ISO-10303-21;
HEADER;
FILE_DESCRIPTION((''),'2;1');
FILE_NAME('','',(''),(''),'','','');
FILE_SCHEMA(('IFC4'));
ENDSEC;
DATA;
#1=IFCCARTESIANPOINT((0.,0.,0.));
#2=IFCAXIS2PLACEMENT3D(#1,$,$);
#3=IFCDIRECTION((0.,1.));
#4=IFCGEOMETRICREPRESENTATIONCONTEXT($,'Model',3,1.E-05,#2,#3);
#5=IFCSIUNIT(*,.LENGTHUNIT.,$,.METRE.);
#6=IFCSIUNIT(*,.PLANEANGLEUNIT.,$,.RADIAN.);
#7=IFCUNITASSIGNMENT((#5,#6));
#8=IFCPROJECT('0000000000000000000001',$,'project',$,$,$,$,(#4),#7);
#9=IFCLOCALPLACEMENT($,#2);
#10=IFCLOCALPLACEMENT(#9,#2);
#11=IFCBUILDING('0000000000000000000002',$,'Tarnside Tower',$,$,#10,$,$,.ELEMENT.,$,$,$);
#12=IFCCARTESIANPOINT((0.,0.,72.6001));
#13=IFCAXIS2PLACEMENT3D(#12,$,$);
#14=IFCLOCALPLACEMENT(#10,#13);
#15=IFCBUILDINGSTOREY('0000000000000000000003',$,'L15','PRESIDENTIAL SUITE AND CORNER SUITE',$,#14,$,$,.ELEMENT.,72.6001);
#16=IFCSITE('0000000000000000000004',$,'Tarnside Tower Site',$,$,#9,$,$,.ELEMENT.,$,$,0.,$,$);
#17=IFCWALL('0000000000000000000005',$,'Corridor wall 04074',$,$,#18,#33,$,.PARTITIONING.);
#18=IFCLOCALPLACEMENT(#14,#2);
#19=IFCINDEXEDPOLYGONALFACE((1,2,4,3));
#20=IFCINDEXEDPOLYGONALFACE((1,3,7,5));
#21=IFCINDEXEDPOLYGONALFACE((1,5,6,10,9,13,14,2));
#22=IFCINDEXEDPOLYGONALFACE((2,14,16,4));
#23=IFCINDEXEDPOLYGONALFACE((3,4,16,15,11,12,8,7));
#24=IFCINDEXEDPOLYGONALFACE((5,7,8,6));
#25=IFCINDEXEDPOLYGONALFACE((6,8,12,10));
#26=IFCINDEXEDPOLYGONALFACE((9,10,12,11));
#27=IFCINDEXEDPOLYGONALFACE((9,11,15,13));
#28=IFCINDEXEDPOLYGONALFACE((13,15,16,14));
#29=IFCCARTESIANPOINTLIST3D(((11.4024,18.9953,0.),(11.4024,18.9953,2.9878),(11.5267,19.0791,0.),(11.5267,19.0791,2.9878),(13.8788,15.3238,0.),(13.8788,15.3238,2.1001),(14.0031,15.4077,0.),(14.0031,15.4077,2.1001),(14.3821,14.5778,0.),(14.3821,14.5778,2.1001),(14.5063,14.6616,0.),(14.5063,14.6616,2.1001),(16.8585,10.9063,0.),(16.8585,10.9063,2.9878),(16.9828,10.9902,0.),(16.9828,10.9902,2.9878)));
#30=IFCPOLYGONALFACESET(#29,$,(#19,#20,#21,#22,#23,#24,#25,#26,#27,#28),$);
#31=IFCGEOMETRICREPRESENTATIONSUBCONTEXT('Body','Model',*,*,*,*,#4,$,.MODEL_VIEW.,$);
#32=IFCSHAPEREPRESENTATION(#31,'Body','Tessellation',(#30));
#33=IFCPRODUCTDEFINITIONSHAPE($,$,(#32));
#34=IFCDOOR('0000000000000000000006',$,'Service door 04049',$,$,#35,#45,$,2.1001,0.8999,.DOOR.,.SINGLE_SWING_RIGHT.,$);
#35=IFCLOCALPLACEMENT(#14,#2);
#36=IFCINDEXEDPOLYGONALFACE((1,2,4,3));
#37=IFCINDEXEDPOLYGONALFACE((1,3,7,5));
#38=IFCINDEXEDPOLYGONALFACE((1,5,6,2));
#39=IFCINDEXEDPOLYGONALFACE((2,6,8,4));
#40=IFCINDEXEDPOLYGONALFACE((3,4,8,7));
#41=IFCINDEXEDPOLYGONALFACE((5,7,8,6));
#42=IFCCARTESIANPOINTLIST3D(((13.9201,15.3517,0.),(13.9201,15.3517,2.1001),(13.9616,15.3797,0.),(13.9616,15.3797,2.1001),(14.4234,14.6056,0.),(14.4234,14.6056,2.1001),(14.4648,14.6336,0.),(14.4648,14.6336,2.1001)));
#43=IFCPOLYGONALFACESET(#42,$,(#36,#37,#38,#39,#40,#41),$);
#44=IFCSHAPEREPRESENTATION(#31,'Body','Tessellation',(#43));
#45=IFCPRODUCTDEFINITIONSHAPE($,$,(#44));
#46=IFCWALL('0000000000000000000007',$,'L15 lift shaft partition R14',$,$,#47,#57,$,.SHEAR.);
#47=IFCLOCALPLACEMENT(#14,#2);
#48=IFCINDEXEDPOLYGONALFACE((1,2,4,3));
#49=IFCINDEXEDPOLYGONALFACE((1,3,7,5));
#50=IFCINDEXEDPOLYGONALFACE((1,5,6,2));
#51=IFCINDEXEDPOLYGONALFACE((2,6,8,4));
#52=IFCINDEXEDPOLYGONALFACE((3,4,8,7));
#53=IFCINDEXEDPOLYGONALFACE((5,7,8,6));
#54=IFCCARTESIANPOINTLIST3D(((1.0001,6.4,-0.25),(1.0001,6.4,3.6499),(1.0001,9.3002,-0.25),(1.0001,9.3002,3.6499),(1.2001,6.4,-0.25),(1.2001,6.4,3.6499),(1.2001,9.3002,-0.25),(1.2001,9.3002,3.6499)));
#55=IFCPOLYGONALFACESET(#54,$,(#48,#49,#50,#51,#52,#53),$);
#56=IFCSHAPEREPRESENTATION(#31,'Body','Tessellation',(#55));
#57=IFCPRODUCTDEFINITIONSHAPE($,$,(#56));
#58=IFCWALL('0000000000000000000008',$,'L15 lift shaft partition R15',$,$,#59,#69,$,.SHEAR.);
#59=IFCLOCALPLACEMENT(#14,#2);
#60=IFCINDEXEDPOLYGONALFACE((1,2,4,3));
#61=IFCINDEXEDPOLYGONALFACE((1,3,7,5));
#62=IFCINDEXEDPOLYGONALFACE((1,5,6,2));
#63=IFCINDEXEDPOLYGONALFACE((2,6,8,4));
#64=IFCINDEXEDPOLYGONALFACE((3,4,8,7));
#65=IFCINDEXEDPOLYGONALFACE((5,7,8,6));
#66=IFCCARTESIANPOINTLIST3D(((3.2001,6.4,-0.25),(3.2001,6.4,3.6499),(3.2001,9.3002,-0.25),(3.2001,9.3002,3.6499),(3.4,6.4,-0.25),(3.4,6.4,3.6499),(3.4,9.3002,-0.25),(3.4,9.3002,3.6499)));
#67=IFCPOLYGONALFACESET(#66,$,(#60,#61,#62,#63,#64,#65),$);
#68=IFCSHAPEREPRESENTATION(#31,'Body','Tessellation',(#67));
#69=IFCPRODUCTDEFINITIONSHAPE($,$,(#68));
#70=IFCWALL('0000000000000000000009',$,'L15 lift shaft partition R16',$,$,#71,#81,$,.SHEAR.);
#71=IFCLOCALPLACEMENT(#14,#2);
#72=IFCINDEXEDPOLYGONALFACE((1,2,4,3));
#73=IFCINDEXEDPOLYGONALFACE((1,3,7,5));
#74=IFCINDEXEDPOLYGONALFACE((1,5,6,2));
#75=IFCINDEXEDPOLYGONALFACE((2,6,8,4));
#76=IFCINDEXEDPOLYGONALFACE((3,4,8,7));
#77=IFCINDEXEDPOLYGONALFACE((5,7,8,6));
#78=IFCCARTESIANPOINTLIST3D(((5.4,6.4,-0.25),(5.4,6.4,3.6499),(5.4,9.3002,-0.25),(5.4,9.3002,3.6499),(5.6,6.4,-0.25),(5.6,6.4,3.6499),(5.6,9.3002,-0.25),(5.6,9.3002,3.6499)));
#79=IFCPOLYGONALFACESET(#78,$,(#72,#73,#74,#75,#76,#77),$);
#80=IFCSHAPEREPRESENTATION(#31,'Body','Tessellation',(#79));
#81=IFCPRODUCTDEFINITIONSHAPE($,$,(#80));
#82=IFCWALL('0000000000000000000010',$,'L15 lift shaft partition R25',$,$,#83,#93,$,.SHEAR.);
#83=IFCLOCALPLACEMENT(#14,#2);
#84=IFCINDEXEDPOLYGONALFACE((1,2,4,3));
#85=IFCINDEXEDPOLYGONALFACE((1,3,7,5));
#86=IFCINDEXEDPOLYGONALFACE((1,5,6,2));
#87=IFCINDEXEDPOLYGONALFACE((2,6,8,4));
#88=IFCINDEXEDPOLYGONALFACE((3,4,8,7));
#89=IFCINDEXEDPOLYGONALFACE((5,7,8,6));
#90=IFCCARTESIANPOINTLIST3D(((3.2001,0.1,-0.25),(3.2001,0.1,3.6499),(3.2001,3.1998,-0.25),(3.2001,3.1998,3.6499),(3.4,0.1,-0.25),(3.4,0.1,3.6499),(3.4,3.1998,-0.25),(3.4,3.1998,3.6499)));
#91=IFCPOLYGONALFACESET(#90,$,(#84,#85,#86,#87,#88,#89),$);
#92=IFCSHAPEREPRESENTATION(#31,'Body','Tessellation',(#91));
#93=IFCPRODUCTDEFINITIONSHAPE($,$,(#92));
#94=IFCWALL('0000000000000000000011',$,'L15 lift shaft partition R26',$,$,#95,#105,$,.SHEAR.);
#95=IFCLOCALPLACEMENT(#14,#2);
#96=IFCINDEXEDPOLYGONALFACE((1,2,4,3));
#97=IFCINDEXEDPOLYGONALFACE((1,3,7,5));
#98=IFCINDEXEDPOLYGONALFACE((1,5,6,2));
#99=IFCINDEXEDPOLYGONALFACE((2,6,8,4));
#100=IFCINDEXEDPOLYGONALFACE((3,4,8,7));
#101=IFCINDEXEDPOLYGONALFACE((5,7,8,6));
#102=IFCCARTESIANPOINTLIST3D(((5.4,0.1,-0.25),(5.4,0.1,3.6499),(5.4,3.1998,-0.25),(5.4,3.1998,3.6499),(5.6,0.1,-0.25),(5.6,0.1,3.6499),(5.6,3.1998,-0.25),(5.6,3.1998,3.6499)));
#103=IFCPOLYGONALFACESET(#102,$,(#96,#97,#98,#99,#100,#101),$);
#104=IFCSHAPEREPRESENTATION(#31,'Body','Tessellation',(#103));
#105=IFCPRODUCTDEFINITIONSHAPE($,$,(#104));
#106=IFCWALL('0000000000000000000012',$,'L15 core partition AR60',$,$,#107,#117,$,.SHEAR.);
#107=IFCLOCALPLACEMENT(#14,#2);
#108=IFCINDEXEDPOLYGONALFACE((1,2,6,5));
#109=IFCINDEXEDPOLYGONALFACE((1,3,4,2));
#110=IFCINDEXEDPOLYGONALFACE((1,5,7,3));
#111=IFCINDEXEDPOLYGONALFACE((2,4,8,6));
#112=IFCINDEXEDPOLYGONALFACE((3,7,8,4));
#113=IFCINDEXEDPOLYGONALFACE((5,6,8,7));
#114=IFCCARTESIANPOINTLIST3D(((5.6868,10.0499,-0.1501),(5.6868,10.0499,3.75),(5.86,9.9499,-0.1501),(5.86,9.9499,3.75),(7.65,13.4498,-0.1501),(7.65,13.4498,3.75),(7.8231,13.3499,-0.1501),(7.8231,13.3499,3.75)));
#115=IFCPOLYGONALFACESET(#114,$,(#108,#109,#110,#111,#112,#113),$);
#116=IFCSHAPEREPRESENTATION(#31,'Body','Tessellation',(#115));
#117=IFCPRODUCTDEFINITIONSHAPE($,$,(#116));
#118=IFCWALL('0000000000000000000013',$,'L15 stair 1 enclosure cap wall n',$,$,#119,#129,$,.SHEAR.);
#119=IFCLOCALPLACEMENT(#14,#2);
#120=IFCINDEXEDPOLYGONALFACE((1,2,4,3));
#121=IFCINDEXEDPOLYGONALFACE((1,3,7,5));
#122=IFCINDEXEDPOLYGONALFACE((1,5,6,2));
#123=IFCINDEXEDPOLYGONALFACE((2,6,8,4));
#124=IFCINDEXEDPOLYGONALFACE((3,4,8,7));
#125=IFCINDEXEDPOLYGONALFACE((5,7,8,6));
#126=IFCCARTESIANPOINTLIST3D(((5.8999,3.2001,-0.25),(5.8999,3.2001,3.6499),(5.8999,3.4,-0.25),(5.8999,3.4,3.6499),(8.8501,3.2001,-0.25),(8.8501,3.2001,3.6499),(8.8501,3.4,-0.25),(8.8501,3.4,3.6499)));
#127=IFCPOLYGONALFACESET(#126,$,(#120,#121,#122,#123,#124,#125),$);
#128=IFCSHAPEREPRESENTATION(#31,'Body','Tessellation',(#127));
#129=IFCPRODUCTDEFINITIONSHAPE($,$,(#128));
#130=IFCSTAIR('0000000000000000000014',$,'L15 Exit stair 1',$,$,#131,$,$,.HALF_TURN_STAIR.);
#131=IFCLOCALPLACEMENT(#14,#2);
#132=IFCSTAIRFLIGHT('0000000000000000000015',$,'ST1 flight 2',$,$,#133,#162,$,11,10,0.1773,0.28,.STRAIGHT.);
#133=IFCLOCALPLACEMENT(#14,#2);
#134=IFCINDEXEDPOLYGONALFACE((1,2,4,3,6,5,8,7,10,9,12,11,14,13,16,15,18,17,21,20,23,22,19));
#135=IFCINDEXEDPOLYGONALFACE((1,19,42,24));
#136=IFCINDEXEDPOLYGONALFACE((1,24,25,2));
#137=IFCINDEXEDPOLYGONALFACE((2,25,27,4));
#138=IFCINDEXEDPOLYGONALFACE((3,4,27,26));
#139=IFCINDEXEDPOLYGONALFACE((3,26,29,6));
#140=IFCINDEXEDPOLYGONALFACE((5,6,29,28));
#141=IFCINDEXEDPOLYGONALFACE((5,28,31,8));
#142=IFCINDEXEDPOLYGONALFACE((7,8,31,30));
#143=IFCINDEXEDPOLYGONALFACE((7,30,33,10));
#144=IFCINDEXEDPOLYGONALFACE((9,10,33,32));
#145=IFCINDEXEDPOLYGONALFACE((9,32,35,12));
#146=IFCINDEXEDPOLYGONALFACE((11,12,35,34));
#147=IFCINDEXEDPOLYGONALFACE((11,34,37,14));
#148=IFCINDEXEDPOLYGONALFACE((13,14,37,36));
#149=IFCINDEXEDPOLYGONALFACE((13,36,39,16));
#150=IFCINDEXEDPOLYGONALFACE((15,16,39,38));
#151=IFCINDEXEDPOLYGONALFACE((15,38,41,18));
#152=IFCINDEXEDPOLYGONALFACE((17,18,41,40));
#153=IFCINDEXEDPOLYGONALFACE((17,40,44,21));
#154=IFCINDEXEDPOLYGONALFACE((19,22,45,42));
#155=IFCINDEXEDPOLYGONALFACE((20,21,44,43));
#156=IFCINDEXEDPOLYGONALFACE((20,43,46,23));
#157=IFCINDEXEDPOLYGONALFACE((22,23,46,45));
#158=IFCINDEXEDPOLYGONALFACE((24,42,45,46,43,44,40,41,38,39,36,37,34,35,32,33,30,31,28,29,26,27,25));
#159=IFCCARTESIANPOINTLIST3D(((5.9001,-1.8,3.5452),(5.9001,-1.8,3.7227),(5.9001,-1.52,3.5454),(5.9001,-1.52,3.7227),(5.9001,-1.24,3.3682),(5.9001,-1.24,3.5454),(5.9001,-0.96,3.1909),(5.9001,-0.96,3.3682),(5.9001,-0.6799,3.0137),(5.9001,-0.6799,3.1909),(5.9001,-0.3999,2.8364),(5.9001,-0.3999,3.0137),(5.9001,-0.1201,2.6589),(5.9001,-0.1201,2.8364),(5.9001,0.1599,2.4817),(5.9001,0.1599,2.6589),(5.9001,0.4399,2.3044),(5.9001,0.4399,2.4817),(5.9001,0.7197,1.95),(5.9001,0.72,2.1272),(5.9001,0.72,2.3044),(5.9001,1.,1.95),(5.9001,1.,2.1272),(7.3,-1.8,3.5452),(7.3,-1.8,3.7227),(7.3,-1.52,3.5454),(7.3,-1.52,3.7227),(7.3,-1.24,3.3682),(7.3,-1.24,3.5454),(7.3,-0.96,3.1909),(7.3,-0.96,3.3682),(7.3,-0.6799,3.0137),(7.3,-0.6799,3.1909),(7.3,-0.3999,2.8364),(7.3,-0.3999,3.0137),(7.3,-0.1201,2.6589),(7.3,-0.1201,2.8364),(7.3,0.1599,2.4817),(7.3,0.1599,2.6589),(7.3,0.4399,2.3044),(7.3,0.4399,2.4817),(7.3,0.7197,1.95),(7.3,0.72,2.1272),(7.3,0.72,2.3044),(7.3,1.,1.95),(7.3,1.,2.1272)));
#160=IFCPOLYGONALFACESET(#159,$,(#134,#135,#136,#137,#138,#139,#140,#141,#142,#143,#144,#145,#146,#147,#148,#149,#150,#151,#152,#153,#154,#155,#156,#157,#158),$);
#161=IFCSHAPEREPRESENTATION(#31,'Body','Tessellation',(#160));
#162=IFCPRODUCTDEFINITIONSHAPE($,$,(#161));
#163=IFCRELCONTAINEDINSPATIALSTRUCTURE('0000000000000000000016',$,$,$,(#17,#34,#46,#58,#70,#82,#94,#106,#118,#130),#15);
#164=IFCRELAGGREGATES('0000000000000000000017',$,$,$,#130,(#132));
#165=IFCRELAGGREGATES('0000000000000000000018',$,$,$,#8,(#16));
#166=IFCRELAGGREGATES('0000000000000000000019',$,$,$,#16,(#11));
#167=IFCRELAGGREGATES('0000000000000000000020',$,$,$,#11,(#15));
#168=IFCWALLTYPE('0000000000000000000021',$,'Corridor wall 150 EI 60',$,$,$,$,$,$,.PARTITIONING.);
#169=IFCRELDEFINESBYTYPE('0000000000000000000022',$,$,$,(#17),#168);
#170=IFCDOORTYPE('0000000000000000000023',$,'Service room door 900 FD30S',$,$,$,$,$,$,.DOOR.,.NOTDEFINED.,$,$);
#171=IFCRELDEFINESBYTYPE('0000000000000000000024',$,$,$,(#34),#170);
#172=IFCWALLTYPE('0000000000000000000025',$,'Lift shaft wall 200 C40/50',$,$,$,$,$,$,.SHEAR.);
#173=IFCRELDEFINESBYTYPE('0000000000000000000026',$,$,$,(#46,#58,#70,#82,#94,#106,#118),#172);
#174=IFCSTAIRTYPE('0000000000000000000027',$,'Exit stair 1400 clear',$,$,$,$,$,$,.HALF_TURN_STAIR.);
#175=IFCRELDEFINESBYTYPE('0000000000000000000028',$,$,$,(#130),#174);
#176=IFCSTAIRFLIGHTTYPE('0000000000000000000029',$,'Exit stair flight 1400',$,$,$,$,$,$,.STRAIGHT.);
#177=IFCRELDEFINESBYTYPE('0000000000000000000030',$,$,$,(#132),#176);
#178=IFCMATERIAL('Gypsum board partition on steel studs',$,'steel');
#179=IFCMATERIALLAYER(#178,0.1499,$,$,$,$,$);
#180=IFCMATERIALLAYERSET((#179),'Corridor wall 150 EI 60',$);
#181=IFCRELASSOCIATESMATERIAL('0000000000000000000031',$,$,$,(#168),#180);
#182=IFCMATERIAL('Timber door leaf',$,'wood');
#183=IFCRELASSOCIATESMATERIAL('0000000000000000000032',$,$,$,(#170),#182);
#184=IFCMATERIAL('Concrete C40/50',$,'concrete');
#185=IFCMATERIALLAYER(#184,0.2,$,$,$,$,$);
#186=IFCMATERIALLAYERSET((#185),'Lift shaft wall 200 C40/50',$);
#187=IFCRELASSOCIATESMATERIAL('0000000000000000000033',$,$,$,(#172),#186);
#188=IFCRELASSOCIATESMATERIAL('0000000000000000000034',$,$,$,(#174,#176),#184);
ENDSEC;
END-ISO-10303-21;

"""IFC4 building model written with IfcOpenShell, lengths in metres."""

from ifc_helpers import new_model, si_unit, direction, frame, frame_2d, origin, place, context, subcontext, project, spatial, polyline, rectangle, outline, extrude, material, layer, layer_set, type_object, element, fill, aggregate, save


model = new_model("IFC4")

# Units and contexts
model_context = context("Model", 3, precision=1e-05, world=origin(), true_north=direction((0.0, 1.0)))
body_context = subcontext(model_context, "Body", "Model", "MODEL_VIEW")
ifc_project = project(units=[si_unit("LENGTHUNIT", "METRE"), si_unit("PLANEANGLEUNIT", "RADIAN")], contexts=[model_context])

# Site, building, storey
site_placement = place(None, origin())
site = spatial("IfcSite", under=ifc_project, at=site_placement, Name="Tarnside Tower Site", CompositionType="ELEMENT", RefElevation=0.0)
building_placement = place(site_placement, origin())
building = spatial("IfcBuilding", under=site, at=building_placement, Name="Tarnside Tower", CompositionType="ELEMENT")
storey_placement = place(building_placement, frame((0.0, 0.0, 72.6001)))
storey = spatial("IfcBuildingStorey", under=building, at=storey_placement, Name="L15", Description="PRESIDENTIAL SUITE AND CORNER SUITE", CompositionType="ELEMENT", Elevation=72.6001)

# Shared definitions
ifc_material_1 = material(Name="Gypsum board partition on steel studs", Category="steel")
ifc_layer_1 = layer(ifc_material_1, 0.1499)
ifc_layer_set_1 = layer_set([ifc_layer_1], Name="Corridor wall 150 EI 60")
wall_type_1 = type_object("IfcWallType", Name="Corridor wall 150 EI 60", PredefinedType="PARTITIONING", material=ifc_layer_set_1)

# Shared definitions
ifc_material_2 = material(Name="Timber door leaf", Category="wood")
door_type_1 = type_object("IfcDoorType", Name="Service room door 900 FD30S", OperationType="NOTDEFINED", PredefinedType="DOOR", material=ifc_material_2)

# Wall, opening, door
wall_1_placement = place(storey_placement, frame((11.4646, 19.0371, 0.0), z_axis=(0.0, 0.0, 1.0), x_axis=(0.559196, -0.829035, 0.0)))
wall_1 = element("IfcWall", 1, at=wall_1_placement, inside=storey, type_object=wall_type_1, Name="Corridor wall 04074", PredefinedType="PARTITIONING", context=body_context, shape_type="SweptSolid", body=[
    extrude(rectangle(XDim=9.7571, YDim=0.1499, at=frame_2d((4.8784, 0.0))), origin(), (0.0, 0.0, 1.0), 2.9878),
])
opening_1_placement = place(wall_1_placement, frame((4.4285, 0.0, 0.0)))
opening_1 = element("IfcOpeningElement", 2, at=opening_1_placement, cuts=wall_1, PredefinedType="OPENING", context=body_context, shape_type="SweptSolid", body=[
    extrude(rectangle(XDim=0.8999, YDim=2.1001, at=frame_2d((0.45, 1.05))), frame((0.0, 0.085, 0.0), z_axis=(0.0, -1.0, 0.0), x_axis=(1.0, 0.0, 0.0)), (0.0, 0.0, 1.0), 0.1699),
])
door_1_placement = place(opening_1_placement, origin())
door_1 = element("IfcDoor", 3, at=door_1_placement, inside=storey, type_object=door_type_1, Name="Service door 04049", OperationType="SINGLE_SWING_RIGHT", OverallHeight=2.1001, OverallWidth=0.8999, PredefinedType="DOOR", context=body_context, shape_type="SweptSolid", body=[
    extrude(rectangle(XDim=0.8999, YDim=2.1001, at=frame_2d((0.45, 1.05))), frame((0.0, 0.0249, 0.0), z_axis=(0.0, -1.0, 0.0), x_axis=(1.0, 0.0, 0.0)), (0.0, 0.0, 1.0), 0.05),
])
fill(opening_1, door_1)

# Walls
ifc_material_3 = material(Name="Concrete C40/50", Category="concrete")
ifc_layer_2 = layer(ifc_material_3, 0.2)
ifc_layer_set_2 = layer_set([ifc_layer_2], Name="Lift shaft wall 200 C40/50")
wall_type_2 = type_object("IfcWallType", Name="Lift shaft wall 200 C40/50", PredefinedType="SHEAR", material=ifc_layer_set_2)
for number, where, z_axis, x_axis, name in (
    (4, (1.1001, 6.3999, -0.25), (0.0, 0.0, 1.0), (0.0, 1.0, 0.0), "L15 lift shaft partition R14"),
    (5, (3.3, 6.3999, -0.25), (0.0, 0.0, 1.0), (0.0, 1.0, 0.0), "L15 lift shaft partition R15"),
    (6, (5.5, 6.3999, -0.25), (0.0, 0.0, 1.0), (0.0, 1.0, 0.0), "L15 lift shaft partition R16"),
):
    element("IfcWall", number, at=place(storey_placement, frame(where, z_axis=z_axis, x_axis=x_axis)), inside=storey, type_object=wall_type_2, Name=name, PredefinedType="SHEAR", context=body_context, shape_type="SweptSolid", body=[
        extrude(rectangle(XDim=2.9001, YDim=0.2, at=frame_2d((1.4502, 0.0))), origin(), (0.0, 0.0, 1.0), 3.8999),
    ])
for number, where, z_axis, x_axis, name in (
    (7, (3.3, 0.1001, -0.25), (0.0, 0.0, 1.0), (0.0, 1.0, 0.0), "L15 lift shaft partition R25"),
    (8, (5.5, 0.1001, -0.25), (0.0, 0.0, 1.0), (0.0, 1.0, 0.0), "L15 lift shaft partition R26"),
):
    element("IfcWall", number, at=place(storey_placement, frame(where, z_axis=z_axis, x_axis=x_axis)), inside=storey, type_object=wall_type_2, Name=name, PredefinedType="SHEAR", context=body_context, shape_type="SweptSolid", body=[
        extrude(rectangle(XDim=3.0999, YDim=0.2, at=frame_2d((1.5498, 0.0))), origin(), (0.0, 0.0, 1.0), 3.8999),
    ])
wall_2_placement = place(storey_placement, frame((5.7734, 10.0, -0.1501), z_axis=(0.0, 0.0, 1.0), x_axis=(0.500038, 0.866003, 0.0)))
element("IfcWall", 9, at=wall_2_placement, inside=storey, type_object=wall_type_2, Name="L15 core partition AR60", PredefinedType="SHEAR", context=body_context, shape_type="SweptSolid", body=[
    extrude(rectangle(XDim=3.926, YDim=0.2, at=frame_2d((1.9629, 0.0))), origin(), (0.0, 0.0, 1.0), 3.9001),
])
wall_3_placement = place(storey_placement, frame((5.8999, 3.3, -0.25), z_axis=(0.0, 0.0, 1.0), x_axis=(1.0, 0.0, 0.0)))
element("IfcWall", 10, at=wall_3_placement, inside=storey, type_object=wall_type_2, Name="L15 stair 1 enclosure cap wall n", PredefinedType="SHEAR", context=body_context, shape_type="SweptSolid", body=[
    extrude(rectangle(XDim=2.9502, YDim=0.2, at=frame_2d((1.4751, 0.0))), origin(), (0.0, 0.0, 1.0), 3.8999),
])

# Stair, stair flight
stair_type = type_object("IfcStairType", Name="Exit stair 1400 clear", PredefinedType="HALF_TURN_STAIR", material=ifc_material_3)
stair_placement = place(storey_placement, origin())
stair = element("IfcStair", 11, at=stair_placement, inside=storey, type_object=stair_type, Name="L15 Exit stair 1", PredefinedType="HALF_TURN_STAIR")
stair_flight_type = type_object("IfcStairFlightType", Name="Exit stair flight 1400", PredefinedType="STRAIGHT", material=ifc_material_3)
stair_flight_placement = place(storey_placement, frame((6.6001, 1.0, 1.95), z_axis=(0.0, 0.0, 1.0), x_axis=(0.0, -1.0, 0.0)))
stair_flight = element("IfcStairFlight", 12, at=stair_flight_placement, type_object=stair_flight_type, Name="ST1 flight 2", NumberOfRisers=11, NumberOfTreads=10, PredefinedType="STRAIGHT", RiserHeight=0.1773, TreadLength=0.28, context=body_context, shape_type="SweptSolid", body=[
    extrude(outline(polyline([(0.0, 0.0), (0.0, 0.1772), (0.28, 0.1772), (0.28, 0.3545), (0.5601, 0.3545), (0.5601, 0.5317), (0.8401, 0.5317), (0.8401, 0.709), (1.1201, 0.709), (1.1201, 0.8865), (1.3999, 0.8865), (1.3999, 1.0637), (1.6799, 1.0637), (1.6799, 1.241), (1.96, 1.241), (1.96, 1.4182), (2.24, 1.4182), (2.24, 1.5955), (2.52, 1.5955), (2.52, 1.7727), (2.8, 1.7727), (2.8, 1.95), (2.8, 1.5952), (0.2803, 0.0), (0.0, 0.0)])), frame((0.0, 0.7, 0.0), z_axis=(0.0, -1.0, 0.0), x_axis=(1.0, 0.0, 0.0)), (0.0, 0.0, 1.0), 1.3999),
])
aggregate(stair, [stair_flight])

save(model, "model.ifc")
